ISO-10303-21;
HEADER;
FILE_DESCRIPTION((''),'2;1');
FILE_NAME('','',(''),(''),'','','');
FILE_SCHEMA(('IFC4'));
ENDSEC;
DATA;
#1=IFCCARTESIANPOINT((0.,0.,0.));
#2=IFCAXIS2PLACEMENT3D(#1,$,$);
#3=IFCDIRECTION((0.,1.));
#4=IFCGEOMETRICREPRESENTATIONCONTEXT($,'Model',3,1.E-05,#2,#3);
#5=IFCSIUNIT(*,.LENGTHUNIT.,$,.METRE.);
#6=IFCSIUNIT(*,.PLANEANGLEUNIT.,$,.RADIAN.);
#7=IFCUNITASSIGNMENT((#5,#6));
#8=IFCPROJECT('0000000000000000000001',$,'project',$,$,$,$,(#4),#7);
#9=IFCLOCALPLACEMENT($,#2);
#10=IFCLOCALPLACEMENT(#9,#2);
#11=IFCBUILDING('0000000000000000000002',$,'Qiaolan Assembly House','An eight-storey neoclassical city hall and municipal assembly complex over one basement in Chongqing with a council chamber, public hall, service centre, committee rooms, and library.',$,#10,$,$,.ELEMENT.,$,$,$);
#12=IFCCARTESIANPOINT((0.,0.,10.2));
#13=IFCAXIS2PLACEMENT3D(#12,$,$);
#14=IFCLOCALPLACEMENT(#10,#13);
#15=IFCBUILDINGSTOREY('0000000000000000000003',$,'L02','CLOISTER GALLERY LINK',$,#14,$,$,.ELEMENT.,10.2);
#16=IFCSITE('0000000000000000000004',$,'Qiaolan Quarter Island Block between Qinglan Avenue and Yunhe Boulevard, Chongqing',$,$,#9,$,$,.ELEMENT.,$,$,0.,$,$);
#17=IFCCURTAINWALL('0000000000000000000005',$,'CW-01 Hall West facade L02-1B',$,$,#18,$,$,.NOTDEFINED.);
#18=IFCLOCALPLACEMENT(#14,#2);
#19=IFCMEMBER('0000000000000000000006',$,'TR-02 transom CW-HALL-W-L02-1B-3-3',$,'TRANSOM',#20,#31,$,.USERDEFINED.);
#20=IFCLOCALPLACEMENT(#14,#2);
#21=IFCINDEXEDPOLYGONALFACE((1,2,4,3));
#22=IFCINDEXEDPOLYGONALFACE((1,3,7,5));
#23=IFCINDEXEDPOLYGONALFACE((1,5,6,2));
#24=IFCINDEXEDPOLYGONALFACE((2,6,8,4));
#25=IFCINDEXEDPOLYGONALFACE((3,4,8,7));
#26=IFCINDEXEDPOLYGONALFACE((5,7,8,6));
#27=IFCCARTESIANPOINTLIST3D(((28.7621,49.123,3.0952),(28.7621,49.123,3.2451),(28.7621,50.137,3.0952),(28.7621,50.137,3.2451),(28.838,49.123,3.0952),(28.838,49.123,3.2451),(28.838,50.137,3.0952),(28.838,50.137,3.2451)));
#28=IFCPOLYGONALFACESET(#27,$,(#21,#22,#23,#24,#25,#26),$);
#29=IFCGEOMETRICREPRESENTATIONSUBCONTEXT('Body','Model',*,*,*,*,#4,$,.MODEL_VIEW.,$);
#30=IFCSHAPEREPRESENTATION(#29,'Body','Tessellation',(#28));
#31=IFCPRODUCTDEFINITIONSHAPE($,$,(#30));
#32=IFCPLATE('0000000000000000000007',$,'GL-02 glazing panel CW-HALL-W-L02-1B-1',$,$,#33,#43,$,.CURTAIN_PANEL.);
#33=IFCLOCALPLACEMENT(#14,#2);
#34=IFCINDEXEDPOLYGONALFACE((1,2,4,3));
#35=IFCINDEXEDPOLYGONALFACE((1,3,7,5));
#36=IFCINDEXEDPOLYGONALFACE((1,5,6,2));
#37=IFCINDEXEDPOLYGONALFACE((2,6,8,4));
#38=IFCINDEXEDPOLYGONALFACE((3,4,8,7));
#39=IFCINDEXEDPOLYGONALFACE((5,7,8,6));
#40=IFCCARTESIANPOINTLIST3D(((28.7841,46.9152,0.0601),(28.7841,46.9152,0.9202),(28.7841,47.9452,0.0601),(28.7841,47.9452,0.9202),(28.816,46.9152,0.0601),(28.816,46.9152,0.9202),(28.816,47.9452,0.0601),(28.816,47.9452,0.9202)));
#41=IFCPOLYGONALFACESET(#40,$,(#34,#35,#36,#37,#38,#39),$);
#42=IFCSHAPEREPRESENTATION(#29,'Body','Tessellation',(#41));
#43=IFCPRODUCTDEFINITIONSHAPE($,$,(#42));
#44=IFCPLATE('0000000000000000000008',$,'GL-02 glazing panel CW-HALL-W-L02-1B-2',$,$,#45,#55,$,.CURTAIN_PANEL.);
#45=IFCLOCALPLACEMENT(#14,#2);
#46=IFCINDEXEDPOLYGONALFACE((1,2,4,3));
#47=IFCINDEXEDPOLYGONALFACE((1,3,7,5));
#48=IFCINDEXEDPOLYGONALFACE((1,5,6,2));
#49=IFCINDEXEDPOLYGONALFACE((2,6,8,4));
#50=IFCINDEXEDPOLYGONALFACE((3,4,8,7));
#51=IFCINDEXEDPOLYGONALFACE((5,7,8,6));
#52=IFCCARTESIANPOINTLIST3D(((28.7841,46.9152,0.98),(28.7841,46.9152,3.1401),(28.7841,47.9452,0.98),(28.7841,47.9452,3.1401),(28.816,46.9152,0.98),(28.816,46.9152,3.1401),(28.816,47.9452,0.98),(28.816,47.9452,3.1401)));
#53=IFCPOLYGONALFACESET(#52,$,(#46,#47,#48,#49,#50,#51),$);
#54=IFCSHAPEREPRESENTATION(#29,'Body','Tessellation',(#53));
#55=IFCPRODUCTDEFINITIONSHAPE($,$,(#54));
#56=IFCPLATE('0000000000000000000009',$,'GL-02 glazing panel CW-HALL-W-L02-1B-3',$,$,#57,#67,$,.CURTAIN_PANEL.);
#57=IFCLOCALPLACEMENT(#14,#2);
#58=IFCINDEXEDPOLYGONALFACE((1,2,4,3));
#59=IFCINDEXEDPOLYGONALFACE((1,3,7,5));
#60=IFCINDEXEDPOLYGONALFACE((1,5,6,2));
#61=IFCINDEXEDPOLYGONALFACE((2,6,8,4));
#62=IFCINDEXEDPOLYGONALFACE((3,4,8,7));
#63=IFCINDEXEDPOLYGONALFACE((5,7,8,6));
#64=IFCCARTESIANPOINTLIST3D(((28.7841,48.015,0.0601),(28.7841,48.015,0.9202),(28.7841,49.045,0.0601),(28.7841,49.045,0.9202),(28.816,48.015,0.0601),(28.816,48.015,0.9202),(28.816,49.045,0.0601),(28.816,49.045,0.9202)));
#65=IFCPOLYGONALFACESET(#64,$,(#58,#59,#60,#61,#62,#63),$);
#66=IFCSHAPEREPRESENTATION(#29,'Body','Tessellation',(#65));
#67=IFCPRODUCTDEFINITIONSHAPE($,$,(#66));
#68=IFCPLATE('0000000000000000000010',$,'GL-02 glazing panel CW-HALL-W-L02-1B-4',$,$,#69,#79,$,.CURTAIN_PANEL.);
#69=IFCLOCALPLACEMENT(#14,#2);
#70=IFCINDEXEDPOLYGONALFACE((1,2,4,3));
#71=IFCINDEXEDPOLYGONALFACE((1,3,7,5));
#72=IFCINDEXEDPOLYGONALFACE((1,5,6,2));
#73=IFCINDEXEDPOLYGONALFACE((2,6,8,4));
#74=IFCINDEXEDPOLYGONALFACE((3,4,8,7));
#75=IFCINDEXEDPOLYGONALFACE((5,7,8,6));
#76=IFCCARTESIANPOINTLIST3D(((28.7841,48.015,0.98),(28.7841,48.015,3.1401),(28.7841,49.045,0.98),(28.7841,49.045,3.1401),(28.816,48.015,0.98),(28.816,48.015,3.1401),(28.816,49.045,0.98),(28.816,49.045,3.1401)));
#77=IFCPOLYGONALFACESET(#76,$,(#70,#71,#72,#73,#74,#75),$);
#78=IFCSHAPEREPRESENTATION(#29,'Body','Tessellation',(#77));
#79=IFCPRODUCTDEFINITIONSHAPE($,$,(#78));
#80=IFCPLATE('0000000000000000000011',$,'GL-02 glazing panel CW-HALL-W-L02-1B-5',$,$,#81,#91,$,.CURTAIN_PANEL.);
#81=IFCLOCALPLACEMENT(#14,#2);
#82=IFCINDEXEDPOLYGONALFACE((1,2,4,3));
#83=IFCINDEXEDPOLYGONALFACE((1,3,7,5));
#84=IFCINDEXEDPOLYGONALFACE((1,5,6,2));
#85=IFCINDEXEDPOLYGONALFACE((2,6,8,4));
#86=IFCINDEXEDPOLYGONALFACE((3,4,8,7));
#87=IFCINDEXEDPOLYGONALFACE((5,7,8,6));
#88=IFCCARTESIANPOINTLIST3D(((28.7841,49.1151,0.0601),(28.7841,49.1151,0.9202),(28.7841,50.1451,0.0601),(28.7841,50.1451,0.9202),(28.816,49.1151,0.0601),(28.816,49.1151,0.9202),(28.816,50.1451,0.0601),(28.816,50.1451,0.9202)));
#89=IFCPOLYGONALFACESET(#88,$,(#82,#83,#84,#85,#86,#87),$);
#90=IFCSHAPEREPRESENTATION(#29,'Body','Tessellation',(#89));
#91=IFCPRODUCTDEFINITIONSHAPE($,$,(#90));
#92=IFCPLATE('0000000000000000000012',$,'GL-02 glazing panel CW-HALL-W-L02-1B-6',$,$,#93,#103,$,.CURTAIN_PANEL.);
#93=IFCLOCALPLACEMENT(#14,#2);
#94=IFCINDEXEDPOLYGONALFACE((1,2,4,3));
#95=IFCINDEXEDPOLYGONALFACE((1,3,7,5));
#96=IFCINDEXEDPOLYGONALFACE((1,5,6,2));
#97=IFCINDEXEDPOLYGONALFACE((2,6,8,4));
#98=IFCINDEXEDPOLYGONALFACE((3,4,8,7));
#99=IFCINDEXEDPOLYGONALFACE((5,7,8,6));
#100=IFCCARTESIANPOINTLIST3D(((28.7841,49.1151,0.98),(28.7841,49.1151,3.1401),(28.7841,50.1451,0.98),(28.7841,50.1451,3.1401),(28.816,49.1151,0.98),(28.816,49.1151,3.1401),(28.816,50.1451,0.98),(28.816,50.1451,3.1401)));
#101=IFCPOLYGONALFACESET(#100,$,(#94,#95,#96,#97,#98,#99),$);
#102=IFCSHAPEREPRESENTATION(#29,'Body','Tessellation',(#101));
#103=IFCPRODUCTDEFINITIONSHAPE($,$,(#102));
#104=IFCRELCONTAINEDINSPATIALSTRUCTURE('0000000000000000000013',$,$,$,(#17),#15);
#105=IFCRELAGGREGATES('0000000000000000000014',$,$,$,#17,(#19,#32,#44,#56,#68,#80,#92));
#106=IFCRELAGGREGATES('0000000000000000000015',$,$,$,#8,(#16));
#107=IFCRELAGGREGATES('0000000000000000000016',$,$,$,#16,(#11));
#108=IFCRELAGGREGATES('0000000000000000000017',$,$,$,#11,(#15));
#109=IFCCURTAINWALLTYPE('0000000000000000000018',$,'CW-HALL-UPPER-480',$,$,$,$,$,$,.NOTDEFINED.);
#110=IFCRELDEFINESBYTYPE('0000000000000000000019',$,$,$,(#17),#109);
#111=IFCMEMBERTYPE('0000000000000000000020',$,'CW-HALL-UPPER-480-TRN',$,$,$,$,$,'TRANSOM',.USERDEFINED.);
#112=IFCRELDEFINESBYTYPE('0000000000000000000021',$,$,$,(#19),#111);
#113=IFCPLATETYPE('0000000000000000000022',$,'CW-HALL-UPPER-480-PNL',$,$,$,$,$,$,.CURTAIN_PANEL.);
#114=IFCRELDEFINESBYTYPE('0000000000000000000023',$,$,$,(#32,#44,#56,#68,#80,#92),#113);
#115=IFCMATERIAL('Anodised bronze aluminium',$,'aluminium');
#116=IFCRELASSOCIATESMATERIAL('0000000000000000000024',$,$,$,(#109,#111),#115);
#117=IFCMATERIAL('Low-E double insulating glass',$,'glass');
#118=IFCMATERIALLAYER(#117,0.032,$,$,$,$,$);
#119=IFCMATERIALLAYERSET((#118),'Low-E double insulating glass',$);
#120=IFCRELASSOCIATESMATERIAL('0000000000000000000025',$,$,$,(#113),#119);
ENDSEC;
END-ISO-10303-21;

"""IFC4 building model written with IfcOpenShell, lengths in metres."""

from ifc_helpers import new_model, si_unit, direction, frame, frame_2d, origin, origin_2d, place, context, subcontext, project, spatial, rectangle, extrude, material, layer, layer_set, material_profile, profile_set, type_object, element, aggregate, save


model = new_model("IFC4")

# Units and contexts
model_context = context("Model", 3, precision=1e-05, world=origin(), true_north=direction((0.0, 1.0)))
body_context = subcontext(model_context, "Body", "Model", "MODEL_VIEW")
ifc_project = project(units=[si_unit("LENGTHUNIT", "METRE"), si_unit("PLANEANGLEUNIT", "RADIAN")], contexts=[model_context])

# Site, building, storey
site_placement = place(None, origin())
site = spatial("IfcSite", under=ifc_project, at=site_placement, Name="Qiaolan Quarter Island Block between Qinglan Avenue and Yunhe Boulevard, Chongqing", CompositionType="ELEMENT", RefElevation=0.0)
building_placement = place(site_placement, origin())
building = spatial("IfcBuilding", under=site, at=building_placement, Name="Qiaolan Assembly House", Description="An eight-storey neoclassical city hall and municipal assembly complex over one basement in Chongqing with a council chamber, public hall, service centre, committee rooms, and library.", CompositionType="ELEMENT")
storey_placement = place(building_placement, frame((0.0, 0.0, 10.2)))
storey = spatial("IfcBuildingStorey", under=building, at=storey_placement, Name="L02", Description="CLOISTER GALLERY LINK", CompositionType="ELEMENT", Elevation=10.2)

# Shared definitions
ifc_material_1 = material(Name="Anodised bronze aluminium", Category="aluminium")
curtain_wall_type = type_object("IfcCurtainWallType", Name="CW-HALL-UPPER-480", PredefinedType="NOTDEFINED", material=ifc_material_1)

# Curtain wall
curtain_wall_1_placement = place(storey_placement, origin())
curtain_wall_1 = element("IfcCurtainWall", 1, at=curtain_wall_1_placement, inside=storey, type_object=curtain_wall_type, Name="CW-01 Hall West facade L02-1B", PredefinedType="NOTDEFINED")

# Member
ifc_material_profile_1 = material_profile(ifc_material_1, rectangle(XDim=0.0759, YDim=0.1499, at=origin_2d()), Name="TRN 76x150")
ifc_profile_set_1 = profile_set([ifc_material_profile_1], Name="Anodised bronze aluminium")
member_type_1 = type_object("IfcMemberType", Name="CW-HALL-UPPER-480-TRN", ElementType="TRANSOM", PredefinedType="USERDEFINED", material=ifc_profile_set_1)
member_1_placement = place(storey_placement, frame((28.8, 49.123, 3.1702), z_axis=(0.0, 1.0, 0.0), x_axis=(-1.0, 0.0, 0.0)))
member_1 = element("IfcMember", 2, at=member_1_placement, type_object=member_type_1, Name="TR-02 transom CW-HALL-W-L02-1B-3-3", ObjectType="TRANSOM", PredefinedType="USERDEFINED", context=body_context, shape_type="SweptSolid", body=[
    extrude(rectangle(XDim=0.0759, YDim=0.1499, at=origin_2d()), origin(), (0.0, 0.0, 1.0), 1.0139),
])

# Plates
ifc_material_2 = material(Name="Low-E double insulating glass", Category="glass")
ifc_layer = layer(ifc_material_2, 0.032)
ifc_layer_set = layer_set([ifc_layer], Name="Low-E double insulating glass")
plate_type = type_object("IfcPlateType", Name="CW-HALL-UPPER-480-PNL", PredefinedType="CURTAIN_PANEL", material=ifc_layer_set)
plate_1_placement = place(storey_placement, frame((28.8, 46.915, 0.0601), z_axis=(0.0, 0.0, 1.0), x_axis=(0.0, 1.0, 0.0)))
plate_1 = element("IfcPlate", 3, at=plate_1_placement, type_object=plate_type, Name="GL-02 glazing panel CW-HALL-W-L02-1B-1", PredefinedType="CURTAIN_PANEL", context=body_context, shape_type="SweptSolid", body=[
    extrude(rectangle(XDim=1.03, YDim=0.032, at=frame_2d((0.5151, 0.0))), origin(), (0.0, 0.0, 1.0), 0.8601),
])
plate_2_placement = place(storey_placement, frame((28.8, 46.915, 0.98), z_axis=(0.0, 0.0, 1.0), x_axis=(0.0, 1.0, 0.0)))
plate_2 = element("IfcPlate", 4, at=plate_2_placement, type_object=plate_type, Name="GL-02 glazing panel CW-HALL-W-L02-1B-2", PredefinedType="CURTAIN_PANEL", context=body_context, shape_type="SweptSolid", body=[
    extrude(rectangle(XDim=1.03, YDim=0.032, at=frame_2d((0.5151, 0.0))), origin(), (0.0, 0.0, 1.0), 2.1602),
])
plate_3_placement = place(storey_placement, frame((28.8, 48.0149, 0.0601), z_axis=(0.0, 0.0, 1.0), x_axis=(0.0, 1.0, 0.0)))
plate_3 = element("IfcPlate", 5, at=plate_3_placement, type_object=plate_type, Name="GL-02 glazing panel CW-HALL-W-L02-1B-3", PredefinedType="CURTAIN_PANEL", context=body_context, shape_type="SweptSolid", body=[
    extrude(rectangle(XDim=1.03, YDim=0.032, at=frame_2d((0.5151, 0.0))), origin(), (0.0, 0.0, 1.0), 0.8601),
])
plate_4_placement = place(storey_placement, frame((28.8, 48.0149, 0.98), z_axis=(0.0, 0.0, 1.0), x_axis=(0.0, 1.0, 0.0)))
plate_4 = element("IfcPlate", 6, at=plate_4_placement, type_object=plate_type, Name="GL-02 glazing panel CW-HALL-W-L02-1B-4", PredefinedType="CURTAIN_PANEL", context=body_context, shape_type="SweptSolid", body=[
    extrude(rectangle(XDim=1.03, YDim=0.032, at=frame_2d((0.5151, 0.0))), origin(), (0.0, 0.0, 1.0), 2.1602),
])
plate_5_placement = place(storey_placement, frame((28.8, 49.115, 0.0601), z_axis=(0.0, 0.0, 1.0), x_axis=(0.0, 1.0, 0.0)))
plate_5 = element("IfcPlate", 7, at=plate_5_placement, type_object=plate_type, Name="GL-02 glazing panel CW-HALL-W-L02-1B-5", PredefinedType="CURTAIN_PANEL", context=body_context, shape_type="SweptSolid", body=[
    extrude(rectangle(XDim=1.03, YDim=0.032, at=frame_2d((0.5151, 0.0))), origin(), (0.0, 0.0, 1.0), 0.8601),
])
plate_6_placement = place(storey_placement, frame((28.8, 49.115, 0.98), z_axis=(0.0, 0.0, 1.0), x_axis=(0.0, 1.0, 0.0)))
plate_6 = element("IfcPlate", 8, at=plate_6_placement, type_object=plate_type, Name="GL-02 glazing panel CW-HALL-W-L02-1B-6", PredefinedType="CURTAIN_PANEL", context=body_context, shape_type="SweptSolid", body=[
    extrude(rectangle(XDim=1.03, YDim=0.032, at=frame_2d((0.5151, 0.0))), origin(), (0.0, 0.0, 1.0), 2.1602),
])
aggregate(curtain_wall_1, [member_1, plate_1, plate_2, plate_3, plate_4, plate_5, plate_6])

save(model, "model.ifc")
